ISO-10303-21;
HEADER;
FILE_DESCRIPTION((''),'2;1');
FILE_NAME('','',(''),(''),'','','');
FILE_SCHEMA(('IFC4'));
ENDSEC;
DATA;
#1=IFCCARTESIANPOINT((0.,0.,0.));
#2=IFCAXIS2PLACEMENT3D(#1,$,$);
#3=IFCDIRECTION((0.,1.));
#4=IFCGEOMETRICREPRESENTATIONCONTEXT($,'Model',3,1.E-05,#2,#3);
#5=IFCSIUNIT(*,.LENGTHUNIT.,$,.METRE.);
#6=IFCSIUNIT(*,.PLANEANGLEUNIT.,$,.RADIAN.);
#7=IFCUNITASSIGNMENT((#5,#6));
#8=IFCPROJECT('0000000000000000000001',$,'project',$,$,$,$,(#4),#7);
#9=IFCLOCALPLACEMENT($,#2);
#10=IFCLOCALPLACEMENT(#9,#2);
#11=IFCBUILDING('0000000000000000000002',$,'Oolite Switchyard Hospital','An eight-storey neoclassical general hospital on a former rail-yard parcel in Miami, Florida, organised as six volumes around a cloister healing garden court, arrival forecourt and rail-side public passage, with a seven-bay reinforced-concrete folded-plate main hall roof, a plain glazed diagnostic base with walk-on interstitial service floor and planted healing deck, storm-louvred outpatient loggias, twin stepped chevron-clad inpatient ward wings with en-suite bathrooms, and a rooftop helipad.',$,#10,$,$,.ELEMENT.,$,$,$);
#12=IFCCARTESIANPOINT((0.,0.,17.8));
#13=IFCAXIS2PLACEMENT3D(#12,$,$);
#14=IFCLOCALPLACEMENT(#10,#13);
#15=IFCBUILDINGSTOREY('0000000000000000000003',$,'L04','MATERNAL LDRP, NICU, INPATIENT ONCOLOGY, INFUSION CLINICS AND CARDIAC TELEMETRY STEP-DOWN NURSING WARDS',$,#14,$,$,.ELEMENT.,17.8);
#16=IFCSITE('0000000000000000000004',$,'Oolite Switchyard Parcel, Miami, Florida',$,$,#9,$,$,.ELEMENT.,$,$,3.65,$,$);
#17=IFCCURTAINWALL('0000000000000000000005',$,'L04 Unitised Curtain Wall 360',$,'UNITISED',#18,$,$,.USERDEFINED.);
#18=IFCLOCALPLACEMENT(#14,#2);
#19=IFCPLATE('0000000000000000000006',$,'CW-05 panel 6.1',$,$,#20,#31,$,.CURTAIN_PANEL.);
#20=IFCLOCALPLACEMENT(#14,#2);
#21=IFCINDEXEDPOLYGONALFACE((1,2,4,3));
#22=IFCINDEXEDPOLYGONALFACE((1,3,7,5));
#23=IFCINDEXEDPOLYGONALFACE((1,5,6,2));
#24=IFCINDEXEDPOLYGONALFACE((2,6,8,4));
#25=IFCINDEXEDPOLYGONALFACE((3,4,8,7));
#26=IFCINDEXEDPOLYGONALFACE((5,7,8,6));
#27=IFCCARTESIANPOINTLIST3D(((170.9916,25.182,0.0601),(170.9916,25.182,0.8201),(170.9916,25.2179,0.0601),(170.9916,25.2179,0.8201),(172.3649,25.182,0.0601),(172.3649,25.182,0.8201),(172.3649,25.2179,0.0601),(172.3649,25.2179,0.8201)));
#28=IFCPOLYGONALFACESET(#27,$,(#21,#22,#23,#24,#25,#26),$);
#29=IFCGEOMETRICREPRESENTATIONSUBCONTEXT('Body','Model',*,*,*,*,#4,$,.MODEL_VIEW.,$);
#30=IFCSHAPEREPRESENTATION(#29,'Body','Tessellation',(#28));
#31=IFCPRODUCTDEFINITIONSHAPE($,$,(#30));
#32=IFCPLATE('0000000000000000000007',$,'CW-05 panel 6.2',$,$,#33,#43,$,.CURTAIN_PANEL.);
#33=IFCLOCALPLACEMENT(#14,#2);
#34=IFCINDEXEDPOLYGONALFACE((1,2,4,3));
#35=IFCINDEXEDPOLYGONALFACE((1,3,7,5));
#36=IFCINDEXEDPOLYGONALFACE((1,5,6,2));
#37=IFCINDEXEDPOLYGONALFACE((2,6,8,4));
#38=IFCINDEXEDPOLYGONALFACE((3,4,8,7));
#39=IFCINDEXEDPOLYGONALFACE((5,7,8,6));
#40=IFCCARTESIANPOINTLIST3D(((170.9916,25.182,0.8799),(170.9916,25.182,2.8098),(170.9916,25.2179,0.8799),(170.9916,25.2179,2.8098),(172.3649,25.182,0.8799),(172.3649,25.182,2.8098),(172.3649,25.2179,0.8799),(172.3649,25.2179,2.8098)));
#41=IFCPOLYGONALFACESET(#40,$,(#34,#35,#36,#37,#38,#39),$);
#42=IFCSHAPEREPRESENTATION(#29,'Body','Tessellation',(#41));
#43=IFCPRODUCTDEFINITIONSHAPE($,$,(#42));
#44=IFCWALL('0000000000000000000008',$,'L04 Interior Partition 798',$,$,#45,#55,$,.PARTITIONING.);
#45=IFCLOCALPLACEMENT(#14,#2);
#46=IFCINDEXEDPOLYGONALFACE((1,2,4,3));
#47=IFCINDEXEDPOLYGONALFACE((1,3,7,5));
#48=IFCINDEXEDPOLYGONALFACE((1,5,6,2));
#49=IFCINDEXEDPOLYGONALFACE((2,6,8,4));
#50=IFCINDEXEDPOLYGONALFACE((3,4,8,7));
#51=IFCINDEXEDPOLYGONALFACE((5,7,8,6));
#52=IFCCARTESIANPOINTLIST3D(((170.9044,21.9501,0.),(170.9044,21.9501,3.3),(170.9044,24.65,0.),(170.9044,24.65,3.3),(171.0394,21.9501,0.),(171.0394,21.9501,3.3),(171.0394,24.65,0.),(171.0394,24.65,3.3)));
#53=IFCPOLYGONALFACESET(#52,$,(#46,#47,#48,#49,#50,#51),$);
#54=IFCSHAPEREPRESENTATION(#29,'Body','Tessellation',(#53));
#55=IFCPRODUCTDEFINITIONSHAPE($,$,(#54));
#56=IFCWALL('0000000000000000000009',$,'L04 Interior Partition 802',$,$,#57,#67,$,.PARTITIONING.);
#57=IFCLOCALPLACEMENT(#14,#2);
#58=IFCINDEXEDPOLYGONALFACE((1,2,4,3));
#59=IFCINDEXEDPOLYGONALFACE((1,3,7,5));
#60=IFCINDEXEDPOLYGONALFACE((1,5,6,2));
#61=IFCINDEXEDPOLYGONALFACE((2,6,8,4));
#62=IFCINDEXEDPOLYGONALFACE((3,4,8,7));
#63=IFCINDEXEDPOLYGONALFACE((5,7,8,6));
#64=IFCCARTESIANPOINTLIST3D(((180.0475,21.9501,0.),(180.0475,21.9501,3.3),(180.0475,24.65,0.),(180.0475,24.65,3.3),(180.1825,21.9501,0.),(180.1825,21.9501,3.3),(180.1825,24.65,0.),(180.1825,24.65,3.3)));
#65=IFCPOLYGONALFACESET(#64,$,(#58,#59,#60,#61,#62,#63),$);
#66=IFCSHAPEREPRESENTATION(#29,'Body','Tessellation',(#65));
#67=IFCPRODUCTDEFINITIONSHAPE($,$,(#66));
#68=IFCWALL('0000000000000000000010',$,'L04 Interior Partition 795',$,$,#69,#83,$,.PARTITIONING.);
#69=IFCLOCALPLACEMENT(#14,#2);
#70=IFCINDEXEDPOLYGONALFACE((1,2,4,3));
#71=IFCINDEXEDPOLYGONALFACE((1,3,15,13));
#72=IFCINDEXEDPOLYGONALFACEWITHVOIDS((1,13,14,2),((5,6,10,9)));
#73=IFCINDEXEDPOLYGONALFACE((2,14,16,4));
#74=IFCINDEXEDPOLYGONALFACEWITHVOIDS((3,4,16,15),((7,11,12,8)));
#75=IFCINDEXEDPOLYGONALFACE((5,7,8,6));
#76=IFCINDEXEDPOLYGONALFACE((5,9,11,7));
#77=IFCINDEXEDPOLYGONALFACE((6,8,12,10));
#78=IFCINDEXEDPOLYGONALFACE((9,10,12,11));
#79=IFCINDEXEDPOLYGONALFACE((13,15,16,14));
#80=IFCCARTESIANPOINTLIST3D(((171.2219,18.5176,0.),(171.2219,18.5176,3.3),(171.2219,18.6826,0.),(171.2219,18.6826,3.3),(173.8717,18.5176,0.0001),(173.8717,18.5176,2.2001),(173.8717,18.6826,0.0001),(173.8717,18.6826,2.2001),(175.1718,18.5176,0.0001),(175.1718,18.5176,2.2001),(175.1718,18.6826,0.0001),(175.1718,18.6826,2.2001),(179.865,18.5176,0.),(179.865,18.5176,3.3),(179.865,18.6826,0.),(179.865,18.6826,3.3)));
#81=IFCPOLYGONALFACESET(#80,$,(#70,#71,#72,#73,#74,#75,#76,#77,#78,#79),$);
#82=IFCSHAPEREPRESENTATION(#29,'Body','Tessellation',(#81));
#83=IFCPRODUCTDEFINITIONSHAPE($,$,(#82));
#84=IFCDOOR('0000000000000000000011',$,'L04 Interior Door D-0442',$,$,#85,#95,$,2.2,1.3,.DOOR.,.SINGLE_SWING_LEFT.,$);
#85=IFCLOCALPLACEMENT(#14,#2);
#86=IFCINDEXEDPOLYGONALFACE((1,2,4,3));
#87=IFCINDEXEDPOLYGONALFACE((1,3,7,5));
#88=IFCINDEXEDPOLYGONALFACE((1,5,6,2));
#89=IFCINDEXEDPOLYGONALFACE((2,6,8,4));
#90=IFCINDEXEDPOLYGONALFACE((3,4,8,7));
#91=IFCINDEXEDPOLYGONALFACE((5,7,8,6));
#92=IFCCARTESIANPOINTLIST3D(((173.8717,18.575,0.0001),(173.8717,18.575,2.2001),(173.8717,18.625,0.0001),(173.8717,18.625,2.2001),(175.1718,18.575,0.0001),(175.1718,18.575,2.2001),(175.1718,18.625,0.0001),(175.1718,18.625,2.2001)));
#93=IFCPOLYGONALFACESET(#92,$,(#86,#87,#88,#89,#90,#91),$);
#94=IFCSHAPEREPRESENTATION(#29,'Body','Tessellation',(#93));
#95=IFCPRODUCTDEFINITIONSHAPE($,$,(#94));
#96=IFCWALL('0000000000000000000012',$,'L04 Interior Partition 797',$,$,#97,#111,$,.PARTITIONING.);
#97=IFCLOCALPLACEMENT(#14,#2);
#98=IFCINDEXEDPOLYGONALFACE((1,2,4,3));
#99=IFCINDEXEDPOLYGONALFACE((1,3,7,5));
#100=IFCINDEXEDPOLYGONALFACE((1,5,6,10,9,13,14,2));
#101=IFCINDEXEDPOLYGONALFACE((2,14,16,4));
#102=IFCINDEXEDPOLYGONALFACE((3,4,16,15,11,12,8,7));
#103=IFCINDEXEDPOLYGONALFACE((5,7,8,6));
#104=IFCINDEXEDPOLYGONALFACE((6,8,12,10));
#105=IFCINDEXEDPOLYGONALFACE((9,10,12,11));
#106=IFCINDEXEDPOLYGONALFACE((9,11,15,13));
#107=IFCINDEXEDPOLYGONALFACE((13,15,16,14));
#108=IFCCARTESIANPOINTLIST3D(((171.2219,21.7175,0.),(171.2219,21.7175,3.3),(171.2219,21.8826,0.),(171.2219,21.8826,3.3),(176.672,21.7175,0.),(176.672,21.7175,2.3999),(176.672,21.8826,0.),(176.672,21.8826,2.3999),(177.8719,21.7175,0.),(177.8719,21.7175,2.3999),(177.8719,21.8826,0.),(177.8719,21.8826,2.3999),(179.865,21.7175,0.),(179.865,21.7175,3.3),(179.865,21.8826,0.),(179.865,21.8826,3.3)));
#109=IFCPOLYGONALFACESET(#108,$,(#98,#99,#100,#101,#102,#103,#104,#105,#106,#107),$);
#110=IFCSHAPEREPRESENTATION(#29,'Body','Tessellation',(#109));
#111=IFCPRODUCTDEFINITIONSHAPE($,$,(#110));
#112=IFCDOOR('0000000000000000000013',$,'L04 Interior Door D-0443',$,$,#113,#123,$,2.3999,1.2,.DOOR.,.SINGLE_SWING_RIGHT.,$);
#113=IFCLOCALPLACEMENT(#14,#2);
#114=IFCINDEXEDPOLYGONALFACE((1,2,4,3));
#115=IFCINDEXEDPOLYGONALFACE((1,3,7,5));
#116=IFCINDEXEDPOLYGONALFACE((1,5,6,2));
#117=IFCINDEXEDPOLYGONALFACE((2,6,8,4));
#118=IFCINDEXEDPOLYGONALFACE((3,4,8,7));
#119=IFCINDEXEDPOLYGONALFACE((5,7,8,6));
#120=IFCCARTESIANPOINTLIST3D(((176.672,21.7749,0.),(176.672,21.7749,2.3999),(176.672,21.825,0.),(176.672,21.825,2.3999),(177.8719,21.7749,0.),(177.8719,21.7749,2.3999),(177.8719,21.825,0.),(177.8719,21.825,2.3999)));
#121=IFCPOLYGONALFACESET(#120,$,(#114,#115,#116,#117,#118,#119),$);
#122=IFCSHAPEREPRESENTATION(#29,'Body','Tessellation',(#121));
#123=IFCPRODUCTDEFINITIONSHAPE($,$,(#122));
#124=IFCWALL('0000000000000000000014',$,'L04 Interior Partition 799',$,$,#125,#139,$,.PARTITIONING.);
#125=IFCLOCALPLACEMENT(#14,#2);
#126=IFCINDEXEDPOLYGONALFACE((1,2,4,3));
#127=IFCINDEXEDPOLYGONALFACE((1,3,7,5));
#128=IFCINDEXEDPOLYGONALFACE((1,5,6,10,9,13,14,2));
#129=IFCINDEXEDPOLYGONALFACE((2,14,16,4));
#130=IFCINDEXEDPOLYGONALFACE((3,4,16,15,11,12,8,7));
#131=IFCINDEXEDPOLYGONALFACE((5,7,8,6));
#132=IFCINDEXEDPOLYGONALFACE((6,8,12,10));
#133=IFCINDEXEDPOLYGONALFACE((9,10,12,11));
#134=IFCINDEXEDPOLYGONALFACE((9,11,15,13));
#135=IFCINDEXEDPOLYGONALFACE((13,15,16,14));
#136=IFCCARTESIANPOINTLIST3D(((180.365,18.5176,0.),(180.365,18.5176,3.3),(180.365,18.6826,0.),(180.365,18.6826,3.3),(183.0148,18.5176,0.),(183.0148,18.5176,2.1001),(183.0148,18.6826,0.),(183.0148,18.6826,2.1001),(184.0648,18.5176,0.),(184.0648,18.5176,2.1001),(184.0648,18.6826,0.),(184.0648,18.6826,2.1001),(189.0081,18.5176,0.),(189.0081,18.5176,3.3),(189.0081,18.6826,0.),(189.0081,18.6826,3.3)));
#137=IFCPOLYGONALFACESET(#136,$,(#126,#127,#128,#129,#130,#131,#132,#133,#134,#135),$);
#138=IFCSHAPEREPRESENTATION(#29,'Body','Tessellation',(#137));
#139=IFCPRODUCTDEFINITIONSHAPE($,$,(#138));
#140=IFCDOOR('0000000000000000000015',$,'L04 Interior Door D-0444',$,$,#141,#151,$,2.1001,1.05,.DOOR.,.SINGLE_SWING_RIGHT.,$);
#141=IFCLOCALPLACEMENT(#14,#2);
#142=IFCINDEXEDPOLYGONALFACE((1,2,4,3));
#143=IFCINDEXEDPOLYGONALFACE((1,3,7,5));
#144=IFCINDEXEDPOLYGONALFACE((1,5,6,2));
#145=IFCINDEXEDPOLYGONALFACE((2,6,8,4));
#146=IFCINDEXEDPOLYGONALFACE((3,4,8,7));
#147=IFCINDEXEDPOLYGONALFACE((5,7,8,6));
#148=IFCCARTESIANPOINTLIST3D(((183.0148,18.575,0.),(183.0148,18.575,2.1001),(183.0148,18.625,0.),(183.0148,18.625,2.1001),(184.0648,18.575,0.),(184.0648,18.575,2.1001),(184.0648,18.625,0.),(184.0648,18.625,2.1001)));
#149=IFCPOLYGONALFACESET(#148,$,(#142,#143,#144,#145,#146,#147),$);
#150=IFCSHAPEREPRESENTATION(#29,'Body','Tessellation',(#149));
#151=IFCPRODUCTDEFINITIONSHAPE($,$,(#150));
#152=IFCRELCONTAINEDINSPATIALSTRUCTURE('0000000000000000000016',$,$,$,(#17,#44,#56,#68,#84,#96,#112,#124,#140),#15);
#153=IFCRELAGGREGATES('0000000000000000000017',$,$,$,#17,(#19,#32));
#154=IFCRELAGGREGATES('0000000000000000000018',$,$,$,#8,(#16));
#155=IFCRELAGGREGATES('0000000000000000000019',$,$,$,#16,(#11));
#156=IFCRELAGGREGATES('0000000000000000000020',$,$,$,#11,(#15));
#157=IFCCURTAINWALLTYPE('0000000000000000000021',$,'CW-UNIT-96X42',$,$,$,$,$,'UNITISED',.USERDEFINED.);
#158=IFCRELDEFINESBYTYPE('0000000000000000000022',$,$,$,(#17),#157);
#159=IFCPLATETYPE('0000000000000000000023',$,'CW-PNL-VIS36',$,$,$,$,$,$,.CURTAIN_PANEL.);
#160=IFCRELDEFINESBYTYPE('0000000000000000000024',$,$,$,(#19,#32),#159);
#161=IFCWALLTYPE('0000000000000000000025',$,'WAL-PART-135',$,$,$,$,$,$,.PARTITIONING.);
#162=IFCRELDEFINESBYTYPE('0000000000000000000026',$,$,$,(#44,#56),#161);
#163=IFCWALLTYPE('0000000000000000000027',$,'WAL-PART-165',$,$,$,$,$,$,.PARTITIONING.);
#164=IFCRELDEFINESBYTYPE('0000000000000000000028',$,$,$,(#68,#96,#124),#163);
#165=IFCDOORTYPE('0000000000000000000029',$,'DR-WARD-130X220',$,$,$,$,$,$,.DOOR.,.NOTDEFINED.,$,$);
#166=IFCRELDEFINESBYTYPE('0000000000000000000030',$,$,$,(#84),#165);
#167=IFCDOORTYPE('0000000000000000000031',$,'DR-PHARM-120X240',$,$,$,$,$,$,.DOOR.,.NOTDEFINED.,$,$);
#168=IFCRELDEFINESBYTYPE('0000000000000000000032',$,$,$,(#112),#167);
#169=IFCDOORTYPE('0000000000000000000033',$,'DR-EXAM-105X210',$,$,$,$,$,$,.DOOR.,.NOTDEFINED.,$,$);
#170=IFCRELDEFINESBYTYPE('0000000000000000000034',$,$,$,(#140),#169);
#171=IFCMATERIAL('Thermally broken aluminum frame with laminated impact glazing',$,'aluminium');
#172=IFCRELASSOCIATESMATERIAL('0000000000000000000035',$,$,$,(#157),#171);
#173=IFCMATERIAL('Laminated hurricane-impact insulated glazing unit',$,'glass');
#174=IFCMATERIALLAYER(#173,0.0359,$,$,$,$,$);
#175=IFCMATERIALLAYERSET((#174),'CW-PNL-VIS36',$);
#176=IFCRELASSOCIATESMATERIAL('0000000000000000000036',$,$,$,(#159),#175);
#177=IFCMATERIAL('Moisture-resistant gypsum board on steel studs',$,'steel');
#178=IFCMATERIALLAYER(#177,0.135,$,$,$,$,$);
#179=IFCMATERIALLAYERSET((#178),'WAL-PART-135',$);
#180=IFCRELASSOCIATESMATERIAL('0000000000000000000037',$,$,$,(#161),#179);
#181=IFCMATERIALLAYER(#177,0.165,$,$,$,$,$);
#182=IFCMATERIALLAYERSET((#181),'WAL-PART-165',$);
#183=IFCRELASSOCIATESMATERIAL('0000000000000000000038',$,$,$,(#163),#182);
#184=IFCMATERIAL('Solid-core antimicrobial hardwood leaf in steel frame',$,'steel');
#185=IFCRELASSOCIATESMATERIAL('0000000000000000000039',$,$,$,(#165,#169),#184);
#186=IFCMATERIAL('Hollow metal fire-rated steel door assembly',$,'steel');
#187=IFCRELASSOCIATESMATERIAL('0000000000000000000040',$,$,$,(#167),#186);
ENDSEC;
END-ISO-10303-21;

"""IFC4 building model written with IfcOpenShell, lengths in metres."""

from ifc_helpers import new_model, si_unit, direction, frame, frame_2d, origin, origin_2d, place, context, subcontext, project, spatial, rectangle, extrude, material, layer, layer_set, type_object, element, fill, aggregate, save


model = new_model("IFC4")

# Units and contexts
model_context = context("Model", 3, precision=1e-05, world=origin(), true_north=direction((0.0, 1.0)))
body_context = subcontext(model_context, "Body", "Model", "MODEL_VIEW")
ifc_project = project(units=[si_unit("LENGTHUNIT", "METRE"), si_unit("PLANEANGLEUNIT", "RADIAN")], contexts=[model_context])

# Site, building, storey
site_placement = place(None, origin())
site = spatial("IfcSite", under=ifc_project, at=site_placement, Name="Oolite Switchyard Parcel, Miami, Florida", CompositionType="ELEMENT", RefElevation=3.65)
building_placement = place(site_placement, origin())
building = spatial("IfcBuilding", under=site, at=building_placement, Name="Oolite Switchyard Hospital", Description="An eight-storey neoclassical general hospital on a former rail-yard parcel in Miami, Florida, organised as six volumes around a cloister healing garden court, arrival forecourt and rail-side public passage, with a seven-bay reinforced-concrete folded-plate main hall roof, a plain glazed diagnostic base with walk-on interstitial service floor and planted healing deck, storm-louvred outpatient loggias, twin stepped chevron-clad inpatient ward wings with en-suite bathrooms, and a rooftop helipad.", CompositionType="ELEMENT")
storey_placement = place(building_placement, frame((0.0, 0.0, 17.8)))
storey = spatial("IfcBuildingStorey", under=building, at=storey_placement, Name="L04", Description="MATERNAL LDRP, NICU, INPATIENT ONCOLOGY, INFUSION CLINICS AND CARDIAC TELEMETRY STEP-DOWN NURSING WARDS", CompositionType="ELEMENT", Elevation=17.8)

# Curtain wall, plates
ifc_material_1 = material(Name="Thermally broken aluminum frame with laminated impact glazing", Category="aluminium")
curtain_wall_type = type_object("IfcCurtainWallType", Name="CW-UNIT-96X42", ElementType="UNITISED", PredefinedType="USERDEFINED", material=ifc_material_1)
curtain_wall_placement = place(storey_placement, origin())
curtain_wall = element("IfcCurtainWall", 1, at=curtain_wall_placement, inside=storey, type_object=curtain_wall_type, Name="L04 Unitised Curtain Wall 360", ObjectType="UNITISED", PredefinedType="USERDEFINED")
ifc_material_2 = material(Name="Laminated hurricane-impact insulated glazing unit", Category="glass")
ifc_layer_1 = layer(ifc_material_2, 0.0359)
ifc_layer_set_1 = layer_set([ifc_layer_1], Name="CW-PNL-VIS36")
plate_type = type_object("IfcPlateType", Name="CW-PNL-VIS36", PredefinedType="CURTAIN_PANEL", material=ifc_layer_set_1)
plate_1_placement = place(storey_placement, frame((171.6782, 25.2, 0.0601), z_axis=(0.0, 0.0, 1.0), x_axis=(1.0, 0.0, 0.0)))
plate_1 = element("IfcPlate", 2, at=plate_1_placement, type_object=plate_type, Name="CW-05 panel 6.1", PredefinedType="CURTAIN_PANEL", context=body_context, shape_type="SweptSolid", body=[
    extrude(rectangle(XDim=1.3733, YDim=0.0359, at=origin_2d()), origin(), (0.0, 0.0, 1.0), 0.76),
])
plate_2_placement = place(storey_placement, frame((171.6782, 25.2, 0.8799), z_axis=(0.0, 0.0, 1.0), x_axis=(1.0, 0.0, 0.0)))
plate_2 = element("IfcPlate", 3, at=plate_2_placement, type_object=plate_type, Name="CW-05 panel 6.2", PredefinedType="CURTAIN_PANEL", context=body_context, shape_type="SweptSolid", body=[
    extrude(rectangle(XDim=1.3733, YDim=0.0359, at=origin_2d()), origin(), (0.0, 0.0, 1.0), 1.9299),
])
aggregate(curtain_wall, [plate_1, plate_2])

# Walls
ifc_material_3 = material(Name="Moisture-resistant gypsum board on steel studs", Category="steel")
ifc_layer_2 = layer(ifc_material_3, 0.135)
ifc_layer_set_2 = layer_set([ifc_layer_2], Name="WAL-PART-135")
wall_type_1 = type_object("IfcWallType", Name="WAL-PART-135", PredefinedType="PARTITIONING", material=ifc_layer_set_2)
for number, where, z_axis, x_axis, name in (
    (4, (170.9719, 21.95, 0.0), (0.0, 0.0, 1.0), (0.0, 1.0, 0.0), "L04 Interior Partition 798"),
    (5, (180.115, 21.95, 0.0), (0.0, 0.0, 1.0), (0.0, 1.0, 0.0), "L04 Interior Partition 802"),
):
    element("IfcWall", number, at=place(storey_placement, frame(where, z_axis=z_axis, x_axis=x_axis)), inside=storey, type_object=wall_type_1, Name=name, PredefinedType="PARTITIONING", context=body_context, shape_type="SweptSolid", body=[
        extrude(rectangle(XDim=2.7, YDim=0.135, at=frame_2d((1.3501, 0.0))), origin(), (0.0, 0.0, 1.0), 3.3),
    ])

# Walls, openings, doors
ifc_layer_3 = layer(ifc_material_3, 0.165)
ifc_layer_set_3 = layer_set([ifc_layer_3], Name="WAL-PART-165")
wall_type_2 = type_object("IfcWallType", Name="WAL-PART-165", PredefinedType="PARTITIONING", material=ifc_layer_set_3)
wall_1_placement = place(storey_placement, frame((171.2219, 18.6001, 0.0), z_axis=(0.0, 0.0, 1.0), x_axis=(1.0, 0.0, 0.0)))
wall_1 = element("IfcWall", 6, at=wall_1_placement, inside=storey, type_object=wall_type_2, Name="L04 Interior Partition 795", PredefinedType="PARTITIONING", context=body_context, shape_type="SweptSolid", body=[
    extrude(rectangle(XDim=8.6431, YDim=0.165, at=frame_2d((4.3215, 0.0))), origin(), (0.0, 0.0, 1.0), 3.3),
])
opening_1_placement = place(wall_1_placement, frame((2.6499, 0.0, 0.0)))
opening_1 = element("IfcOpeningElement", 7, at=opening_1_placement, cuts=wall_1, PredefinedType="OPENING", context=body_context, shape_type="SweptSolid", body=[
    extrude(rectangle(XDim=1.3, YDim=2.2, at=frame_2d((0.6499, 1.1001))), frame((0.0, 0.0925, 0.0), z_axis=(0.0, -1.0, 0.0), x_axis=(1.0, 0.0, 0.0)), (0.0, 0.0, 1.0), 0.1851),
])
ifc_material_4 = material(Name="Solid-core antimicrobial hardwood leaf in steel frame", Category="steel")
door_type_1 = type_object("IfcDoorType", Name="DR-WARD-130X220", OperationType="NOTDEFINED", PredefinedType="DOOR", material=ifc_material_4)
door_1_placement = place(opening_1_placement, origin())
door_1 = element("IfcDoor", 8, at=door_1_placement, inside=storey, type_object=door_type_1, Name="L04 Interior Door D-0442", OperationType="SINGLE_SWING_LEFT", OverallHeight=2.2, OverallWidth=1.3, PredefinedType="DOOR", context=body_context, shape_type="SweptSolid", body=[
    extrude(rectangle(XDim=1.3, YDim=2.2, at=frame_2d((0.6499, 1.1001))), frame((0.0, 0.0249, 0.0), z_axis=(0.0, -1.0, 0.0), x_axis=(1.0, 0.0, 0.0)), (0.0, 0.0, 1.0), 0.05),
])
fill(opening_1, door_1)
wall_2_placement = place(storey_placement, frame((171.2219, 21.8, 0.0), z_axis=(0.0, 0.0, 1.0), x_axis=(1.0, 0.0, 0.0)))
wall_2 = element("IfcWall", 9, at=wall_2_placement, inside=storey, type_object=wall_type_2, Name="L04 Interior Partition 797", PredefinedType="PARTITIONING", context=body_context, shape_type="SweptSolid", body=[
    extrude(rectangle(XDim=8.6431, YDim=0.165, at=frame_2d((4.3215, 0.0))), origin(), (0.0, 0.0, 1.0), 3.3),
])
opening_2_placement = place(wall_2_placement, frame((5.45, 0.0, 0.0)))
opening_2 = element("IfcOpeningElement", 10, at=opening_2_placement, cuts=wall_2, PredefinedType="OPENING", context=body_context, shape_type="SweptSolid", body=[
    extrude(rectangle(XDim=1.2, YDim=2.3999, at=frame_2d((0.6001, 1.2))), frame((0.0, 0.0925, 0.0), z_axis=(0.0, -1.0, 0.0), x_axis=(1.0, 0.0, 0.0)), (0.0, 0.0, 1.0), 0.1851),
])
ifc_material_5 = material(Name="Hollow metal fire-rated steel door assembly", Category="steel")
door_type_2 = type_object("IfcDoorType", Name="DR-PHARM-120X240", OperationType="NOTDEFINED", PredefinedType="DOOR", material=ifc_material_5)
door_2_placement = place(opening_2_placement, origin())
door_2 = element("IfcDoor", 11, at=door_2_placement, inside=storey, type_object=door_type_2, Name="L04 Interior Door D-0443", OperationType="SINGLE_SWING_RIGHT", OverallHeight=2.3999, OverallWidth=1.2, PredefinedType="DOOR", context=body_context, shape_type="SweptSolid", body=[
    extrude(rectangle(XDim=1.2, YDim=2.3999, at=frame_2d((0.6001, 1.2))), frame((0.0, 0.0249, 0.0), z_axis=(0.0, -1.0, 0.0), x_axis=(1.0, 0.0, 0.0)), (0.0, 0.0, 1.0), 0.05),
])
fill(opening_2, door_2)
wall_3_placement = place(storey_placement, frame((180.365, 18.6001, 0.0), z_axis=(0.0, 0.0, 1.0), x_axis=(1.0, 0.0, 0.0)))
wall_3 = element("IfcWall", 12, at=wall_3_placement, inside=storey, type_object=wall_type_2, Name="L04 Interior Partition 799", PredefinedType="PARTITIONING", context=body_context, shape_type="SweptSolid", body=[
    extrude(rectangle(XDim=8.6431, YDim=0.165, at=frame_2d((4.3215, 0.0))), origin(), (0.0, 0.0, 1.0), 3.3),
])
opening_3_placement = place(wall_3_placement, frame((2.6499, 0.0, 0.0)))
opening_3 = element("IfcOpeningElement", 13, at=opening_3_placement, cuts=wall_3, PredefinedType="OPENING", context=body_context, shape_type="SweptSolid", body=[
    extrude(rectangle(XDim=1.05, YDim=2.1001, at=frame_2d((0.5249, 1.05))), frame((0.0, 0.0925, 0.0), z_axis=(0.0, -1.0, 0.0), x_axis=(1.0, 0.0, 0.0)), (0.0, 0.0, 1.0), 0.1851),
])
door_type_3 = type_object("IfcDoorType", Name="DR-EXAM-105X210", OperationType="NOTDEFINED", PredefinedType="DOOR", material=ifc_material_4)
door_3_placement = place(opening_3_placement, origin())
door_3 = element("IfcDoor", 14, at=door_3_placement, inside=storey, type_object=door_type_3, Name="L04 Interior Door D-0444", OperationType="SINGLE_SWING_RIGHT", OverallHeight=2.1001, OverallWidth=1.05, PredefinedType="DOOR", context=body_context, shape_type="SweptSolid", body=[
    extrude(rectangle(XDim=1.05, YDim=2.1001, at=frame_2d((0.5249, 1.05))), frame((0.0, 0.0249, 0.0), z_axis=(0.0, -1.0, 0.0), x_axis=(1.0, 0.0, 0.0)), (0.0, 0.0, 1.0), 0.05),
])
fill(opening_3, door_3)

save(model, "model.ifc")
